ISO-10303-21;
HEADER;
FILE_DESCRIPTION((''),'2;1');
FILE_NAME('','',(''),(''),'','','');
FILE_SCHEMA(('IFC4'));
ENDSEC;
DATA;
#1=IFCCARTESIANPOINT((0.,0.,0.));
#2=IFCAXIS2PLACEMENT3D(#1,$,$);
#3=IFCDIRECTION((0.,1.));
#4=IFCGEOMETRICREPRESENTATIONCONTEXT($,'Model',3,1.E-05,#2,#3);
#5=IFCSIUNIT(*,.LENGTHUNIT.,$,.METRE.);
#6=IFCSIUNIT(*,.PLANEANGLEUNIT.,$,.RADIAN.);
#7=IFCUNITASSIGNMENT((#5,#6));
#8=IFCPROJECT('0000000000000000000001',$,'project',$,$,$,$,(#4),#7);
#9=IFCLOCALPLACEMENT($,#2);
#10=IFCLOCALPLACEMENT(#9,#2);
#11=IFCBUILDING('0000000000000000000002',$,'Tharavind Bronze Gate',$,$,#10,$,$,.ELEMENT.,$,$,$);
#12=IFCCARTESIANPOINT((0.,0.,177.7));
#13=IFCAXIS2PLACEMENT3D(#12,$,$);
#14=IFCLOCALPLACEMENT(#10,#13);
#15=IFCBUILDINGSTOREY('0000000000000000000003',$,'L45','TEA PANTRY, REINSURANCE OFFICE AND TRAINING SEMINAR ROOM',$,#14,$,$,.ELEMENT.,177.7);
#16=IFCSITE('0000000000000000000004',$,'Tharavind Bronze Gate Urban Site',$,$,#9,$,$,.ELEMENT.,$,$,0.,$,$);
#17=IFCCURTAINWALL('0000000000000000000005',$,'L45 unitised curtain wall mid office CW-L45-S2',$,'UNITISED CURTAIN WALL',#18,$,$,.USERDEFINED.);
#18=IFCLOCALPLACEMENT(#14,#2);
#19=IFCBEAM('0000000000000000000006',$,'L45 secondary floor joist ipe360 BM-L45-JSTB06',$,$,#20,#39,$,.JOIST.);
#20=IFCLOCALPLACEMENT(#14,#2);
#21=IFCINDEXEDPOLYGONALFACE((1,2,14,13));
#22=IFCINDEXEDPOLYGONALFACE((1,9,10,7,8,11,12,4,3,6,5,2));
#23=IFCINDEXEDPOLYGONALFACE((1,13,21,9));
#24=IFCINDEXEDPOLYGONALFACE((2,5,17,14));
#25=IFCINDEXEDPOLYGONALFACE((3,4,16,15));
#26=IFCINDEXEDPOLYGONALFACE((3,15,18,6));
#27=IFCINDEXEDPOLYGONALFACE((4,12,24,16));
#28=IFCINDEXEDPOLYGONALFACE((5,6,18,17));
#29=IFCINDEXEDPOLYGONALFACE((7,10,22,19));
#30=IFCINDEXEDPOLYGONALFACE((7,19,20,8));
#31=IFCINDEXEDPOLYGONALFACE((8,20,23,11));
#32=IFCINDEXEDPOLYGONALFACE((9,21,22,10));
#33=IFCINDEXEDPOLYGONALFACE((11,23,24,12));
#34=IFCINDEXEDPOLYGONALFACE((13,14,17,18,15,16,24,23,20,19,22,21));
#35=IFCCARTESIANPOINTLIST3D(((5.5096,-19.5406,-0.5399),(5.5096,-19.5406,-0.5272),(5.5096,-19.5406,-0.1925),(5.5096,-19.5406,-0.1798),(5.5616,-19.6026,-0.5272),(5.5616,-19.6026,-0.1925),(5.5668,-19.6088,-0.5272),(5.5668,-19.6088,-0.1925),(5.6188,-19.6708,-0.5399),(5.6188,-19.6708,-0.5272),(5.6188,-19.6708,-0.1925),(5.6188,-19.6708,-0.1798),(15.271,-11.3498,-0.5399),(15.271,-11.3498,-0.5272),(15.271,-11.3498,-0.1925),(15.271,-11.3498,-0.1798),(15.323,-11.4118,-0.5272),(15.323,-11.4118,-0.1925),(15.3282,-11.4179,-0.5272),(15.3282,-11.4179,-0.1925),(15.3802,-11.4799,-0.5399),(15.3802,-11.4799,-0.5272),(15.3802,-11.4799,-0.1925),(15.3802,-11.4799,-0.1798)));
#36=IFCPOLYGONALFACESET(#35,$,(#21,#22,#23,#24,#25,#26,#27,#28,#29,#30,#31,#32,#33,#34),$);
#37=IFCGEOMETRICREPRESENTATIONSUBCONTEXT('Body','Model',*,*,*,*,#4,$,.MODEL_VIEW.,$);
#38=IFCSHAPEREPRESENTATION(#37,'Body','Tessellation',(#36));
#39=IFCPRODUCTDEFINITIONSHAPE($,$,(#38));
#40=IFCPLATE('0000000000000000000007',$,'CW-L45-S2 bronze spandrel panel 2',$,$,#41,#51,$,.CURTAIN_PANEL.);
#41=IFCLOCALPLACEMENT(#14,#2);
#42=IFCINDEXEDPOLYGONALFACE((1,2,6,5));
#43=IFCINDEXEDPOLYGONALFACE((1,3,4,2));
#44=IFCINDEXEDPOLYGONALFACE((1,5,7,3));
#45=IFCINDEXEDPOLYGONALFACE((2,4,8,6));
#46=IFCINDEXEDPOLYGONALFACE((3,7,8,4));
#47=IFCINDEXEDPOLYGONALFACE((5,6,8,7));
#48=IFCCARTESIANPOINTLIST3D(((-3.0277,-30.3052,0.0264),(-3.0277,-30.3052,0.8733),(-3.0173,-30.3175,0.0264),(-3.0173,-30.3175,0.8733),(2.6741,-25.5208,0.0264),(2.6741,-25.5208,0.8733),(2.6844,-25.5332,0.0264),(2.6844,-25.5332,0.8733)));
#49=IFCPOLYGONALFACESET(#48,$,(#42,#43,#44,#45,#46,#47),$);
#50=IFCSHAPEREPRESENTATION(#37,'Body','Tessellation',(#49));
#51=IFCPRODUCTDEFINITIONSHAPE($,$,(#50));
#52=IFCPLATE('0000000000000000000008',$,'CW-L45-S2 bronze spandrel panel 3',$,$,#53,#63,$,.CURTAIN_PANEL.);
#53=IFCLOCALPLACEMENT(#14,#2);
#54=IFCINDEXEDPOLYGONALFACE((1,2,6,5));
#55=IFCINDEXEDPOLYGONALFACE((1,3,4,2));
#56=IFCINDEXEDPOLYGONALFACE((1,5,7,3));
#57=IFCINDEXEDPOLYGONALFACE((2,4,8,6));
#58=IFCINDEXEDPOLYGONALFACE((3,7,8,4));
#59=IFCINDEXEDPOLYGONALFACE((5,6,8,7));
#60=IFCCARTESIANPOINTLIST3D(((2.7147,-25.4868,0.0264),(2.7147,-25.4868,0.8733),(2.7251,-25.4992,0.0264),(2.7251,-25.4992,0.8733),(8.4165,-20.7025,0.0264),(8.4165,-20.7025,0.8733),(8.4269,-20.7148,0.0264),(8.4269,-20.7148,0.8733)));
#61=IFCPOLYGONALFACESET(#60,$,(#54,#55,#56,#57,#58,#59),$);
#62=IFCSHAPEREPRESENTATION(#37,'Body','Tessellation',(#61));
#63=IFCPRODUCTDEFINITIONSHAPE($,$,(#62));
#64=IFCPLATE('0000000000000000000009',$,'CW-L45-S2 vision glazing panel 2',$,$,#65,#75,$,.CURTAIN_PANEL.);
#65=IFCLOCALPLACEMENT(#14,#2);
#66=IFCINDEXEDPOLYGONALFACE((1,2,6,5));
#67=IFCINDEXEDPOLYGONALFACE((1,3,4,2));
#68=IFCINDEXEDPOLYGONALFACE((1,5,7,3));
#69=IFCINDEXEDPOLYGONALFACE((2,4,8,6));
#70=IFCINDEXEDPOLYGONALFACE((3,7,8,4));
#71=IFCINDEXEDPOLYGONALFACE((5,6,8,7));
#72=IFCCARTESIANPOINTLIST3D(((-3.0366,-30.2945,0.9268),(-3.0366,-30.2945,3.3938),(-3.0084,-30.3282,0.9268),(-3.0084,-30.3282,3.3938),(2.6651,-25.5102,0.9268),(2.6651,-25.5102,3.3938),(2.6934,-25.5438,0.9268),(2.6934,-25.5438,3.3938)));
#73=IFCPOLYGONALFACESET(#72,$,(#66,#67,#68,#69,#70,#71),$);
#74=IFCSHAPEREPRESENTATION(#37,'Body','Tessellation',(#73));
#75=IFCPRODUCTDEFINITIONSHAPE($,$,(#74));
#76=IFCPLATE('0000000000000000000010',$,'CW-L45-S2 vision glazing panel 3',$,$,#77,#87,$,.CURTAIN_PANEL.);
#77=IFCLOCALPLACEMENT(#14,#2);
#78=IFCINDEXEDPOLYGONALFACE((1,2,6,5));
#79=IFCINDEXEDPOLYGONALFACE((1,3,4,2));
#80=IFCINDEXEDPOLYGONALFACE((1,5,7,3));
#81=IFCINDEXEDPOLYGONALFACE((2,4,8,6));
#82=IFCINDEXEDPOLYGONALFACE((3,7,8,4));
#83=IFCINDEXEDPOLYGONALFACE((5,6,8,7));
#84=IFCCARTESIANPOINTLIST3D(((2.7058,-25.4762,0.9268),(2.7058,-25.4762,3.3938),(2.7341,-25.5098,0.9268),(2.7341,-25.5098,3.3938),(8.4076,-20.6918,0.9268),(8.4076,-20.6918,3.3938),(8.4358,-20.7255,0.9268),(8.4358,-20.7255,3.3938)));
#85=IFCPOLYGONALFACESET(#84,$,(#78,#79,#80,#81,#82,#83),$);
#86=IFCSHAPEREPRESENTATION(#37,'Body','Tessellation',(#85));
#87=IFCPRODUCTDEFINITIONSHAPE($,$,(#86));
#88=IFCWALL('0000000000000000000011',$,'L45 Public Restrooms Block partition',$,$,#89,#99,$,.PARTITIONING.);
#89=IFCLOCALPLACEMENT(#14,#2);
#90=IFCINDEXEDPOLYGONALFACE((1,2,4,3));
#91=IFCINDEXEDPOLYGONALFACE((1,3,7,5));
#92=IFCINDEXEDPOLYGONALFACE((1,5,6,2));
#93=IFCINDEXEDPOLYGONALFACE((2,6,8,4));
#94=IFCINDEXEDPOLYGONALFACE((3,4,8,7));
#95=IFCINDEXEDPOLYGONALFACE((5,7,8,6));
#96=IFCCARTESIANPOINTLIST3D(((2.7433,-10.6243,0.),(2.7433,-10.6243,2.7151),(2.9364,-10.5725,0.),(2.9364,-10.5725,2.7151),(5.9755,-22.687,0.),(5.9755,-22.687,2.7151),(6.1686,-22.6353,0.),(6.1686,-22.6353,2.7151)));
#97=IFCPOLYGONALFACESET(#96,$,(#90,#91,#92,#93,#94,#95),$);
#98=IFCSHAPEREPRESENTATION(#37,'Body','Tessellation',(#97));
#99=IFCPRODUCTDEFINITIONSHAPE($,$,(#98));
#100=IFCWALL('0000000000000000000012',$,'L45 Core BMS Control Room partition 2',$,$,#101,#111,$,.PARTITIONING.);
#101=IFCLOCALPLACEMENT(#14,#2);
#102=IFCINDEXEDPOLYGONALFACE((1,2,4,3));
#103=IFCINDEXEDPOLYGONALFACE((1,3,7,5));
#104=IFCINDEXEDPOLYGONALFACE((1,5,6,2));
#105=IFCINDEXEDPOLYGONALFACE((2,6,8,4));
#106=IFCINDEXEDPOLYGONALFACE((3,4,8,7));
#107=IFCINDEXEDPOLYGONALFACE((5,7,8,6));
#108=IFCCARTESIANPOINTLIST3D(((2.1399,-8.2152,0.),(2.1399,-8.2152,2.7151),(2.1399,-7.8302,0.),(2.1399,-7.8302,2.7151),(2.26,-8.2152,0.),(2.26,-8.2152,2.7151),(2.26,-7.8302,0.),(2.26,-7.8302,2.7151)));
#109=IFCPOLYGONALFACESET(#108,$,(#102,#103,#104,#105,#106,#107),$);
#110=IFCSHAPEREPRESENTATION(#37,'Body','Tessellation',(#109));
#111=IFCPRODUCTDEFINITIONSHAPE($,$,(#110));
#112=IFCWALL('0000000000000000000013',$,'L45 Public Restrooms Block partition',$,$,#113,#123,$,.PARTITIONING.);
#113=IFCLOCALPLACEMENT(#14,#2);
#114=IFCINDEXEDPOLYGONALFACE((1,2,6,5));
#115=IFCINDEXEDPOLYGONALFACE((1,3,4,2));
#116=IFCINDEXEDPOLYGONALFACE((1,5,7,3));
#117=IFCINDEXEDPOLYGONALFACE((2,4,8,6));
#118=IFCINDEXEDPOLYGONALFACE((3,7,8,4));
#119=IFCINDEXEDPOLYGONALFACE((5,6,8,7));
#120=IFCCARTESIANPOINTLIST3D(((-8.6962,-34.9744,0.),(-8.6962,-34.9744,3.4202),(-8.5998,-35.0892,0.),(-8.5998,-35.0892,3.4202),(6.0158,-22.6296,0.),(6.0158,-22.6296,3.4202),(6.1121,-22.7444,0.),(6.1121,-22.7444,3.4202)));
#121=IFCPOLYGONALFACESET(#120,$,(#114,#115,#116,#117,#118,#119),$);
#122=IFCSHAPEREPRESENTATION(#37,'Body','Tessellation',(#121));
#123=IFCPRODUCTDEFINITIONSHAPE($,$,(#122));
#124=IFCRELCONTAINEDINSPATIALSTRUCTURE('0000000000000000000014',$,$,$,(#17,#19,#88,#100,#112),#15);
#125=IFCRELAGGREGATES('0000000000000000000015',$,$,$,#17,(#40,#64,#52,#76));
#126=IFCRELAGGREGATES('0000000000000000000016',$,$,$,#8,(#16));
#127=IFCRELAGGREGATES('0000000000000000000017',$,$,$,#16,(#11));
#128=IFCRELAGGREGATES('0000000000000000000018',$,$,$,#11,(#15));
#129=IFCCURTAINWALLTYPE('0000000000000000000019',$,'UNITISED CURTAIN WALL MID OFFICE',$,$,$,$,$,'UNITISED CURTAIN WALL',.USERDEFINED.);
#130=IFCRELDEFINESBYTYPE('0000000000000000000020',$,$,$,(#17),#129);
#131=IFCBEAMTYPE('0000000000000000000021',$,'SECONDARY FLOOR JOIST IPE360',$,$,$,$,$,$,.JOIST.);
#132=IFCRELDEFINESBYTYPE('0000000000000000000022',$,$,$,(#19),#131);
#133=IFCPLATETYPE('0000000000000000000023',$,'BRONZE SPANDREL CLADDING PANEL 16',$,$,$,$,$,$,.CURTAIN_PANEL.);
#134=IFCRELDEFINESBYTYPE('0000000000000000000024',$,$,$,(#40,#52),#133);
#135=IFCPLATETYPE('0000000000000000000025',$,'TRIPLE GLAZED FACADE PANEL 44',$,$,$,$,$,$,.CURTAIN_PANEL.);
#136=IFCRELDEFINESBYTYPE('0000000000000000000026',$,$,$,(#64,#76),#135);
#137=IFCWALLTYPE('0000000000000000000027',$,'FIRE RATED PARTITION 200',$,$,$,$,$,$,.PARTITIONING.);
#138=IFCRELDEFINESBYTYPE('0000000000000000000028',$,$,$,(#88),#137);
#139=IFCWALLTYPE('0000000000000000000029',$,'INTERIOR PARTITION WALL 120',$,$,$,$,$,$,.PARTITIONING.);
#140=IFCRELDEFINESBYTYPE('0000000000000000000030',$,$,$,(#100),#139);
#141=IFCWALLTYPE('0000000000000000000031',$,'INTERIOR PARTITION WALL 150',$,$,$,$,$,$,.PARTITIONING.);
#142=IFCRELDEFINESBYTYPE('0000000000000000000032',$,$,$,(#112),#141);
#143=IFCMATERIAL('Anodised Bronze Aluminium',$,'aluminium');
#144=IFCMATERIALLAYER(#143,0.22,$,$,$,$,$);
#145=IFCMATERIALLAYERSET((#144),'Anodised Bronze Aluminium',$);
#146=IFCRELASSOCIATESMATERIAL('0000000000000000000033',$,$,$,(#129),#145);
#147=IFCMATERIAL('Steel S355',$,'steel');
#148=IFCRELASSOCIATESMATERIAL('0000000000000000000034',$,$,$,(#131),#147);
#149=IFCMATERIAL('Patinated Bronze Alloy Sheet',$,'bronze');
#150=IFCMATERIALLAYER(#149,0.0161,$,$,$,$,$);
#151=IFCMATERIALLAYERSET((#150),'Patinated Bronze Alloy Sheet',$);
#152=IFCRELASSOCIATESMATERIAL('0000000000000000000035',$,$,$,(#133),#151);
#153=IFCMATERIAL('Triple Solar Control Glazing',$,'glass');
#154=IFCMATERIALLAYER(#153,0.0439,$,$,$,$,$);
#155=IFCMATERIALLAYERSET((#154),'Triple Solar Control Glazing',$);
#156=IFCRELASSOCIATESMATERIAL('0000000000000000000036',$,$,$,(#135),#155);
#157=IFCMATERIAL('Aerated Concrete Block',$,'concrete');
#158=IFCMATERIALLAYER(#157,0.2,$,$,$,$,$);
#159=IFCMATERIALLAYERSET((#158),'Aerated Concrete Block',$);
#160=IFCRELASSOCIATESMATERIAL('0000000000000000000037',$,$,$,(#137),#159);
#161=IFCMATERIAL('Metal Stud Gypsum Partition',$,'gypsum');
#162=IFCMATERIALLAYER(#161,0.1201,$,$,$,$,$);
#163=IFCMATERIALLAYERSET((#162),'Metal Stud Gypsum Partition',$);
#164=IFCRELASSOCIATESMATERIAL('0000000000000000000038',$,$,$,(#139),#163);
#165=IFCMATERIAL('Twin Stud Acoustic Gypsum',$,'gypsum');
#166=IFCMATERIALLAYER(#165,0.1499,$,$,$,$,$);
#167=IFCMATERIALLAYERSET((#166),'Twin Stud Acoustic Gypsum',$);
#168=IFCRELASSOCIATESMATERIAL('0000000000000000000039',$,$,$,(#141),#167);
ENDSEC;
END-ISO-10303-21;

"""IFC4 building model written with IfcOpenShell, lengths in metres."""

from ifc_helpers import new_model, si_unit, direction, frame, frame_2d, origin, origin_2d, place, context, subcontext, project, spatial, rectangle, i_section, extrude, material, layer, layer_set, material_profile, profile_set, type_object, element, aggregate, save


model = new_model("IFC4")

# Units and contexts
model_context = context("Model", 3, precision=1e-05, world=origin(), true_north=direction((0.0, 1.0)))
body_context = subcontext(model_context, "Body", "Model", "MODEL_VIEW")
ifc_project = project(units=[si_unit("LENGTHUNIT", "METRE"), si_unit("PLANEANGLEUNIT", "RADIAN")], contexts=[model_context])

# Site, building, storey
site_placement = place(None, origin())
site = spatial("IfcSite", under=ifc_project, at=site_placement, Name="Tharavind Bronze Gate Urban Site", CompositionType="ELEMENT", RefElevation=0.0)
building_placement = place(site_placement, origin())
building = spatial("IfcBuilding", under=site, at=building_placement, Name="Tharavind Bronze Gate", CompositionType="ELEMENT")
storey_placement = place(building_placement, frame((0.0, 0.0, 177.7)))
storey = spatial("IfcBuildingStorey", under=building, at=storey_placement, Name="L45", Description="TEA PANTRY, REINSURANCE OFFICE AND TRAINING SEMINAR ROOM", CompositionType="ELEMENT", Elevation=177.7)

# Curtain wall
ifc_material_1 = material(Name="Anodised Bronze Aluminium", Category="aluminium")
ifc_layer_1 = layer(ifc_material_1, 0.22)
ifc_layer_set_1 = layer_set([ifc_layer_1], Name="Anodised Bronze Aluminium")
curtain_wall_type = type_object("IfcCurtainWallType", Name="UNITISED CURTAIN WALL MID OFFICE", ElementType="UNITISED CURTAIN WALL", PredefinedType="USERDEFINED", material=ifc_layer_set_1)
curtain_wall_placement = place(storey_placement, origin())
curtain_wall = element("IfcCurtainWall", 1, at=curtain_wall_placement, inside=storey, type_object=curtain_wall_type, Name="L45 unitised curtain wall mid office CW-L45-S2", ObjectType="UNITISED CURTAIN WALL", PredefinedType="USERDEFINED")

# Beam
ifc_material_2 = material(Name="Steel S355", Category="steel")
ifc_material_profile_1 = material_profile(ifc_material_2, i_section(OverallWidth=0.1699, OverallDepth=0.3601, WebThickness=0.0081, FlangeThickness=0.0127, at=origin_2d()), Name="IPE360")
ifc_profile_set_1 = profile_set([ifc_material_profile_1], Name="Steel S355")
beam_type_1 = type_object("IfcBeamType", Name="SECONDARY FLOOR JOIST IPE360", PredefinedType="JOIST", material=ifc_profile_set_1)
beam_1_placement = place(storey_placement, frame((5.5642, -19.6057, -0.3599), z_axis=(0.766042, 0.642791, 0.0), x_axis=(-0.642791, 0.766042, 0.0)))
element("IfcBeam", 2, at=beam_1_placement, inside=storey, type_object=beam_type_1, Name="L45 secondary floor joist ipe360 BM-L45-JSTB06", PredefinedType="JOIST", context=body_context, shape_type="SweptSolid", body=[
    extrude(i_section(OverallWidth=0.1699, OverallDepth=0.3601, WebThickness=0.0081, FlangeThickness=0.0127, at=origin_2d()), origin(), (0.0, 0.0, 1.0), 12.7427),
])

# Plates
ifc_material_3 = material(Name="Patinated Bronze Alloy Sheet", Category="bronze")
ifc_layer_2 = layer(ifc_material_3, 0.0161)
ifc_layer_set_2 = layer_set([ifc_layer_2], Name="Patinated Bronze Alloy Sheet")
plate_type_1 = type_object("IfcPlateType", Name="BRONZE SPANDREL CLADDING PANEL 16", PredefinedType="CURTAIN_PANEL", material=ifc_layer_set_2)
plate_1_placement = place(storey_placement, frame((-0.1716, -27.9192, 0.0264), z_axis=(0.0, 0.0, 1.0), x_axis=(0.766043, 0.642789, 0.0)))
plate_1 = element("IfcPlate", 3, at=plate_1_placement, type_object=plate_type_1, Name="CW-L45-S2 bronze spandrel panel 2", PredefinedType="CURTAIN_PANEL", context=body_context, shape_type="SweptSolid", body=[
    extrude(rectangle(XDim=7.4431, YDim=0.0161, at=origin_2d()), origin(), (0.0, 0.0, 1.0), 0.8469),
])
plate_2_placement = place(storey_placement, frame((5.5708, -23.1008, 0.0264), z_axis=(0.0, 0.0, 1.0), x_axis=(0.766043, 0.642789, 0.0)))
plate_2 = element("IfcPlate", 4, at=plate_2_placement, type_object=plate_type_1, Name="CW-L45-S2 bronze spandrel panel 3", PredefinedType="CURTAIN_PANEL", context=body_context, shape_type="SweptSolid", body=[
    extrude(rectangle(XDim=7.4431, YDim=0.0161, at=origin_2d()), origin(), (0.0, 0.0, 1.0), 0.8469),
])
ifc_material_4 = material(Name="Triple Solar Control Glazing", Category="glass")
ifc_layer_3 = layer(ifc_material_4, 0.0439)
ifc_layer_set_3 = layer_set([ifc_layer_3], Name="Triple Solar Control Glazing")
plate_type_2 = type_object("IfcPlateType", Name="TRIPLE GLAZED FACADE PANEL 44", PredefinedType="CURTAIN_PANEL", material=ifc_layer_set_3)
plate_3_placement = place(storey_placement, frame((-0.1716, -27.9192, 0.9268), z_axis=(0.0, 0.0, 1.0), x_axis=(0.766043, 0.642789, 0.0)))
plate_3 = element("IfcPlate", 5, at=plate_3_placement, type_object=plate_type_2, Name="CW-L45-S2 vision glazing panel 2", PredefinedType="CURTAIN_PANEL", context=body_context, shape_type="SweptSolid", body=[
    extrude(rectangle(XDim=7.4431, YDim=0.0439, at=origin_2d()), origin(), (0.0, 0.0, 1.0), 2.467),
])
plate_4_placement = place(storey_placement, frame((5.5708, -23.1008, 0.9268), z_axis=(0.0, 0.0, 1.0), x_axis=(0.766043, 0.642789, 0.0)))
plate_4 = element("IfcPlate", 6, at=plate_4_placement, type_object=plate_type_2, Name="CW-L45-S2 vision glazing panel 3", PredefinedType="CURTAIN_PANEL", context=body_context, shape_type="SweptSolid", body=[
    extrude(rectangle(XDim=7.4431, YDim=0.0439, at=origin_2d()), origin(), (0.0, 0.0, 1.0), 2.467),
])
aggregate(curtain_wall, [plate_1, plate_3, plate_2, plate_4])

# Wall
ifc_material_5 = material(Name="Aerated Concrete Block", Category="concrete")
ifc_layer_4 = layer(ifc_material_5, 0.2)
ifc_layer_set_4 = layer_set([ifc_layer_4], Name="Aerated Concrete Block")
wall_type_1 = type_object("IfcWallType", Name="FIRE RATED PARTITION 200", PredefinedType="PARTITIONING", material=ifc_layer_set_4)
wall_1_placement = place(storey_placement, frame((2.8398, -10.5984, 0.0), z_axis=(0.0, 0.0, 1.0), x_axis=(0.258817, -0.965926, 0.0)))
element("IfcWall", 7, at=wall_1_placement, inside=storey, type_object=wall_type_1, Name="L45 Public Restrooms Block partition", PredefinedType="PARTITIONING", context=body_context, shape_type="SweptSolid", body=[
    extrude(rectangle(XDim=12.4883, YDim=0.2, at=frame_2d((6.2441, 0.0))), origin(), (0.0, 0.0, 1.0), 2.7151),
])

# Walls
ifc_material_6 = material(Name="Metal Stud Gypsum Partition", Category="gypsum")
ifc_layer_5 = layer(ifc_material_6, 0.1201)
ifc_layer_set_5 = layer_set([ifc_layer_5], Name="Metal Stud Gypsum Partition")
wall_type_2 = type_object("IfcWallType", Name="INTERIOR PARTITION WALL 120", PredefinedType="PARTITIONING", material=ifc_layer_set_5)
wall_2_placement = place(storey_placement, frame((2.2, -8.2151, 0.0), z_axis=(0.0, 0.0, 1.0), x_axis=(0.0, 1.0, 0.0)))
element("IfcWall", 8, at=wall_2_placement, inside=storey, type_object=wall_type_2, Name="L45 Core BMS Control Room partition 2", PredefinedType="PARTITIONING", context=body_context, shape_type="SweptSolid", body=[
    extrude(rectangle(XDim=0.385, YDim=0.1201, at=frame_2d((0.1924, 0.0))), origin(), (0.0, 0.0, 1.0), 2.7151),
])
ifc_material_7 = material(Name="Twin Stud Acoustic Gypsum", Category="gypsum")
ifc_layer_6 = layer(ifc_material_7, 0.1499)
ifc_layer_set_6 = layer_set([ifc_layer_6], Name="Twin Stud Acoustic Gypsum")
wall_type_3 = type_object("IfcWallType", Name="INTERIOR PARTITION WALL 150", PredefinedType="PARTITIONING", material=ifc_layer_set_6)
wall_3_placement = place(storey_placement, frame((6.064, -22.687, 0.0), z_axis=(0.0, 0.0, 1.0), x_axis=(-0.766045, -0.642787, 0.0)))
element("IfcWall", 9, at=wall_3_placement, inside=storey, type_object=wall_type_3, Name="L45 Public Restrooms Block partition", PredefinedType="PARTITIONING", context=body_context, shape_type="SweptSolid", body=[
    extrude(rectangle(XDim=19.2051, YDim=0.1499, at=frame_2d((9.6025, 0.0))), origin(), (0.0, 0.0, 1.0), 3.4202),
])

save(model, "model.ifc")
